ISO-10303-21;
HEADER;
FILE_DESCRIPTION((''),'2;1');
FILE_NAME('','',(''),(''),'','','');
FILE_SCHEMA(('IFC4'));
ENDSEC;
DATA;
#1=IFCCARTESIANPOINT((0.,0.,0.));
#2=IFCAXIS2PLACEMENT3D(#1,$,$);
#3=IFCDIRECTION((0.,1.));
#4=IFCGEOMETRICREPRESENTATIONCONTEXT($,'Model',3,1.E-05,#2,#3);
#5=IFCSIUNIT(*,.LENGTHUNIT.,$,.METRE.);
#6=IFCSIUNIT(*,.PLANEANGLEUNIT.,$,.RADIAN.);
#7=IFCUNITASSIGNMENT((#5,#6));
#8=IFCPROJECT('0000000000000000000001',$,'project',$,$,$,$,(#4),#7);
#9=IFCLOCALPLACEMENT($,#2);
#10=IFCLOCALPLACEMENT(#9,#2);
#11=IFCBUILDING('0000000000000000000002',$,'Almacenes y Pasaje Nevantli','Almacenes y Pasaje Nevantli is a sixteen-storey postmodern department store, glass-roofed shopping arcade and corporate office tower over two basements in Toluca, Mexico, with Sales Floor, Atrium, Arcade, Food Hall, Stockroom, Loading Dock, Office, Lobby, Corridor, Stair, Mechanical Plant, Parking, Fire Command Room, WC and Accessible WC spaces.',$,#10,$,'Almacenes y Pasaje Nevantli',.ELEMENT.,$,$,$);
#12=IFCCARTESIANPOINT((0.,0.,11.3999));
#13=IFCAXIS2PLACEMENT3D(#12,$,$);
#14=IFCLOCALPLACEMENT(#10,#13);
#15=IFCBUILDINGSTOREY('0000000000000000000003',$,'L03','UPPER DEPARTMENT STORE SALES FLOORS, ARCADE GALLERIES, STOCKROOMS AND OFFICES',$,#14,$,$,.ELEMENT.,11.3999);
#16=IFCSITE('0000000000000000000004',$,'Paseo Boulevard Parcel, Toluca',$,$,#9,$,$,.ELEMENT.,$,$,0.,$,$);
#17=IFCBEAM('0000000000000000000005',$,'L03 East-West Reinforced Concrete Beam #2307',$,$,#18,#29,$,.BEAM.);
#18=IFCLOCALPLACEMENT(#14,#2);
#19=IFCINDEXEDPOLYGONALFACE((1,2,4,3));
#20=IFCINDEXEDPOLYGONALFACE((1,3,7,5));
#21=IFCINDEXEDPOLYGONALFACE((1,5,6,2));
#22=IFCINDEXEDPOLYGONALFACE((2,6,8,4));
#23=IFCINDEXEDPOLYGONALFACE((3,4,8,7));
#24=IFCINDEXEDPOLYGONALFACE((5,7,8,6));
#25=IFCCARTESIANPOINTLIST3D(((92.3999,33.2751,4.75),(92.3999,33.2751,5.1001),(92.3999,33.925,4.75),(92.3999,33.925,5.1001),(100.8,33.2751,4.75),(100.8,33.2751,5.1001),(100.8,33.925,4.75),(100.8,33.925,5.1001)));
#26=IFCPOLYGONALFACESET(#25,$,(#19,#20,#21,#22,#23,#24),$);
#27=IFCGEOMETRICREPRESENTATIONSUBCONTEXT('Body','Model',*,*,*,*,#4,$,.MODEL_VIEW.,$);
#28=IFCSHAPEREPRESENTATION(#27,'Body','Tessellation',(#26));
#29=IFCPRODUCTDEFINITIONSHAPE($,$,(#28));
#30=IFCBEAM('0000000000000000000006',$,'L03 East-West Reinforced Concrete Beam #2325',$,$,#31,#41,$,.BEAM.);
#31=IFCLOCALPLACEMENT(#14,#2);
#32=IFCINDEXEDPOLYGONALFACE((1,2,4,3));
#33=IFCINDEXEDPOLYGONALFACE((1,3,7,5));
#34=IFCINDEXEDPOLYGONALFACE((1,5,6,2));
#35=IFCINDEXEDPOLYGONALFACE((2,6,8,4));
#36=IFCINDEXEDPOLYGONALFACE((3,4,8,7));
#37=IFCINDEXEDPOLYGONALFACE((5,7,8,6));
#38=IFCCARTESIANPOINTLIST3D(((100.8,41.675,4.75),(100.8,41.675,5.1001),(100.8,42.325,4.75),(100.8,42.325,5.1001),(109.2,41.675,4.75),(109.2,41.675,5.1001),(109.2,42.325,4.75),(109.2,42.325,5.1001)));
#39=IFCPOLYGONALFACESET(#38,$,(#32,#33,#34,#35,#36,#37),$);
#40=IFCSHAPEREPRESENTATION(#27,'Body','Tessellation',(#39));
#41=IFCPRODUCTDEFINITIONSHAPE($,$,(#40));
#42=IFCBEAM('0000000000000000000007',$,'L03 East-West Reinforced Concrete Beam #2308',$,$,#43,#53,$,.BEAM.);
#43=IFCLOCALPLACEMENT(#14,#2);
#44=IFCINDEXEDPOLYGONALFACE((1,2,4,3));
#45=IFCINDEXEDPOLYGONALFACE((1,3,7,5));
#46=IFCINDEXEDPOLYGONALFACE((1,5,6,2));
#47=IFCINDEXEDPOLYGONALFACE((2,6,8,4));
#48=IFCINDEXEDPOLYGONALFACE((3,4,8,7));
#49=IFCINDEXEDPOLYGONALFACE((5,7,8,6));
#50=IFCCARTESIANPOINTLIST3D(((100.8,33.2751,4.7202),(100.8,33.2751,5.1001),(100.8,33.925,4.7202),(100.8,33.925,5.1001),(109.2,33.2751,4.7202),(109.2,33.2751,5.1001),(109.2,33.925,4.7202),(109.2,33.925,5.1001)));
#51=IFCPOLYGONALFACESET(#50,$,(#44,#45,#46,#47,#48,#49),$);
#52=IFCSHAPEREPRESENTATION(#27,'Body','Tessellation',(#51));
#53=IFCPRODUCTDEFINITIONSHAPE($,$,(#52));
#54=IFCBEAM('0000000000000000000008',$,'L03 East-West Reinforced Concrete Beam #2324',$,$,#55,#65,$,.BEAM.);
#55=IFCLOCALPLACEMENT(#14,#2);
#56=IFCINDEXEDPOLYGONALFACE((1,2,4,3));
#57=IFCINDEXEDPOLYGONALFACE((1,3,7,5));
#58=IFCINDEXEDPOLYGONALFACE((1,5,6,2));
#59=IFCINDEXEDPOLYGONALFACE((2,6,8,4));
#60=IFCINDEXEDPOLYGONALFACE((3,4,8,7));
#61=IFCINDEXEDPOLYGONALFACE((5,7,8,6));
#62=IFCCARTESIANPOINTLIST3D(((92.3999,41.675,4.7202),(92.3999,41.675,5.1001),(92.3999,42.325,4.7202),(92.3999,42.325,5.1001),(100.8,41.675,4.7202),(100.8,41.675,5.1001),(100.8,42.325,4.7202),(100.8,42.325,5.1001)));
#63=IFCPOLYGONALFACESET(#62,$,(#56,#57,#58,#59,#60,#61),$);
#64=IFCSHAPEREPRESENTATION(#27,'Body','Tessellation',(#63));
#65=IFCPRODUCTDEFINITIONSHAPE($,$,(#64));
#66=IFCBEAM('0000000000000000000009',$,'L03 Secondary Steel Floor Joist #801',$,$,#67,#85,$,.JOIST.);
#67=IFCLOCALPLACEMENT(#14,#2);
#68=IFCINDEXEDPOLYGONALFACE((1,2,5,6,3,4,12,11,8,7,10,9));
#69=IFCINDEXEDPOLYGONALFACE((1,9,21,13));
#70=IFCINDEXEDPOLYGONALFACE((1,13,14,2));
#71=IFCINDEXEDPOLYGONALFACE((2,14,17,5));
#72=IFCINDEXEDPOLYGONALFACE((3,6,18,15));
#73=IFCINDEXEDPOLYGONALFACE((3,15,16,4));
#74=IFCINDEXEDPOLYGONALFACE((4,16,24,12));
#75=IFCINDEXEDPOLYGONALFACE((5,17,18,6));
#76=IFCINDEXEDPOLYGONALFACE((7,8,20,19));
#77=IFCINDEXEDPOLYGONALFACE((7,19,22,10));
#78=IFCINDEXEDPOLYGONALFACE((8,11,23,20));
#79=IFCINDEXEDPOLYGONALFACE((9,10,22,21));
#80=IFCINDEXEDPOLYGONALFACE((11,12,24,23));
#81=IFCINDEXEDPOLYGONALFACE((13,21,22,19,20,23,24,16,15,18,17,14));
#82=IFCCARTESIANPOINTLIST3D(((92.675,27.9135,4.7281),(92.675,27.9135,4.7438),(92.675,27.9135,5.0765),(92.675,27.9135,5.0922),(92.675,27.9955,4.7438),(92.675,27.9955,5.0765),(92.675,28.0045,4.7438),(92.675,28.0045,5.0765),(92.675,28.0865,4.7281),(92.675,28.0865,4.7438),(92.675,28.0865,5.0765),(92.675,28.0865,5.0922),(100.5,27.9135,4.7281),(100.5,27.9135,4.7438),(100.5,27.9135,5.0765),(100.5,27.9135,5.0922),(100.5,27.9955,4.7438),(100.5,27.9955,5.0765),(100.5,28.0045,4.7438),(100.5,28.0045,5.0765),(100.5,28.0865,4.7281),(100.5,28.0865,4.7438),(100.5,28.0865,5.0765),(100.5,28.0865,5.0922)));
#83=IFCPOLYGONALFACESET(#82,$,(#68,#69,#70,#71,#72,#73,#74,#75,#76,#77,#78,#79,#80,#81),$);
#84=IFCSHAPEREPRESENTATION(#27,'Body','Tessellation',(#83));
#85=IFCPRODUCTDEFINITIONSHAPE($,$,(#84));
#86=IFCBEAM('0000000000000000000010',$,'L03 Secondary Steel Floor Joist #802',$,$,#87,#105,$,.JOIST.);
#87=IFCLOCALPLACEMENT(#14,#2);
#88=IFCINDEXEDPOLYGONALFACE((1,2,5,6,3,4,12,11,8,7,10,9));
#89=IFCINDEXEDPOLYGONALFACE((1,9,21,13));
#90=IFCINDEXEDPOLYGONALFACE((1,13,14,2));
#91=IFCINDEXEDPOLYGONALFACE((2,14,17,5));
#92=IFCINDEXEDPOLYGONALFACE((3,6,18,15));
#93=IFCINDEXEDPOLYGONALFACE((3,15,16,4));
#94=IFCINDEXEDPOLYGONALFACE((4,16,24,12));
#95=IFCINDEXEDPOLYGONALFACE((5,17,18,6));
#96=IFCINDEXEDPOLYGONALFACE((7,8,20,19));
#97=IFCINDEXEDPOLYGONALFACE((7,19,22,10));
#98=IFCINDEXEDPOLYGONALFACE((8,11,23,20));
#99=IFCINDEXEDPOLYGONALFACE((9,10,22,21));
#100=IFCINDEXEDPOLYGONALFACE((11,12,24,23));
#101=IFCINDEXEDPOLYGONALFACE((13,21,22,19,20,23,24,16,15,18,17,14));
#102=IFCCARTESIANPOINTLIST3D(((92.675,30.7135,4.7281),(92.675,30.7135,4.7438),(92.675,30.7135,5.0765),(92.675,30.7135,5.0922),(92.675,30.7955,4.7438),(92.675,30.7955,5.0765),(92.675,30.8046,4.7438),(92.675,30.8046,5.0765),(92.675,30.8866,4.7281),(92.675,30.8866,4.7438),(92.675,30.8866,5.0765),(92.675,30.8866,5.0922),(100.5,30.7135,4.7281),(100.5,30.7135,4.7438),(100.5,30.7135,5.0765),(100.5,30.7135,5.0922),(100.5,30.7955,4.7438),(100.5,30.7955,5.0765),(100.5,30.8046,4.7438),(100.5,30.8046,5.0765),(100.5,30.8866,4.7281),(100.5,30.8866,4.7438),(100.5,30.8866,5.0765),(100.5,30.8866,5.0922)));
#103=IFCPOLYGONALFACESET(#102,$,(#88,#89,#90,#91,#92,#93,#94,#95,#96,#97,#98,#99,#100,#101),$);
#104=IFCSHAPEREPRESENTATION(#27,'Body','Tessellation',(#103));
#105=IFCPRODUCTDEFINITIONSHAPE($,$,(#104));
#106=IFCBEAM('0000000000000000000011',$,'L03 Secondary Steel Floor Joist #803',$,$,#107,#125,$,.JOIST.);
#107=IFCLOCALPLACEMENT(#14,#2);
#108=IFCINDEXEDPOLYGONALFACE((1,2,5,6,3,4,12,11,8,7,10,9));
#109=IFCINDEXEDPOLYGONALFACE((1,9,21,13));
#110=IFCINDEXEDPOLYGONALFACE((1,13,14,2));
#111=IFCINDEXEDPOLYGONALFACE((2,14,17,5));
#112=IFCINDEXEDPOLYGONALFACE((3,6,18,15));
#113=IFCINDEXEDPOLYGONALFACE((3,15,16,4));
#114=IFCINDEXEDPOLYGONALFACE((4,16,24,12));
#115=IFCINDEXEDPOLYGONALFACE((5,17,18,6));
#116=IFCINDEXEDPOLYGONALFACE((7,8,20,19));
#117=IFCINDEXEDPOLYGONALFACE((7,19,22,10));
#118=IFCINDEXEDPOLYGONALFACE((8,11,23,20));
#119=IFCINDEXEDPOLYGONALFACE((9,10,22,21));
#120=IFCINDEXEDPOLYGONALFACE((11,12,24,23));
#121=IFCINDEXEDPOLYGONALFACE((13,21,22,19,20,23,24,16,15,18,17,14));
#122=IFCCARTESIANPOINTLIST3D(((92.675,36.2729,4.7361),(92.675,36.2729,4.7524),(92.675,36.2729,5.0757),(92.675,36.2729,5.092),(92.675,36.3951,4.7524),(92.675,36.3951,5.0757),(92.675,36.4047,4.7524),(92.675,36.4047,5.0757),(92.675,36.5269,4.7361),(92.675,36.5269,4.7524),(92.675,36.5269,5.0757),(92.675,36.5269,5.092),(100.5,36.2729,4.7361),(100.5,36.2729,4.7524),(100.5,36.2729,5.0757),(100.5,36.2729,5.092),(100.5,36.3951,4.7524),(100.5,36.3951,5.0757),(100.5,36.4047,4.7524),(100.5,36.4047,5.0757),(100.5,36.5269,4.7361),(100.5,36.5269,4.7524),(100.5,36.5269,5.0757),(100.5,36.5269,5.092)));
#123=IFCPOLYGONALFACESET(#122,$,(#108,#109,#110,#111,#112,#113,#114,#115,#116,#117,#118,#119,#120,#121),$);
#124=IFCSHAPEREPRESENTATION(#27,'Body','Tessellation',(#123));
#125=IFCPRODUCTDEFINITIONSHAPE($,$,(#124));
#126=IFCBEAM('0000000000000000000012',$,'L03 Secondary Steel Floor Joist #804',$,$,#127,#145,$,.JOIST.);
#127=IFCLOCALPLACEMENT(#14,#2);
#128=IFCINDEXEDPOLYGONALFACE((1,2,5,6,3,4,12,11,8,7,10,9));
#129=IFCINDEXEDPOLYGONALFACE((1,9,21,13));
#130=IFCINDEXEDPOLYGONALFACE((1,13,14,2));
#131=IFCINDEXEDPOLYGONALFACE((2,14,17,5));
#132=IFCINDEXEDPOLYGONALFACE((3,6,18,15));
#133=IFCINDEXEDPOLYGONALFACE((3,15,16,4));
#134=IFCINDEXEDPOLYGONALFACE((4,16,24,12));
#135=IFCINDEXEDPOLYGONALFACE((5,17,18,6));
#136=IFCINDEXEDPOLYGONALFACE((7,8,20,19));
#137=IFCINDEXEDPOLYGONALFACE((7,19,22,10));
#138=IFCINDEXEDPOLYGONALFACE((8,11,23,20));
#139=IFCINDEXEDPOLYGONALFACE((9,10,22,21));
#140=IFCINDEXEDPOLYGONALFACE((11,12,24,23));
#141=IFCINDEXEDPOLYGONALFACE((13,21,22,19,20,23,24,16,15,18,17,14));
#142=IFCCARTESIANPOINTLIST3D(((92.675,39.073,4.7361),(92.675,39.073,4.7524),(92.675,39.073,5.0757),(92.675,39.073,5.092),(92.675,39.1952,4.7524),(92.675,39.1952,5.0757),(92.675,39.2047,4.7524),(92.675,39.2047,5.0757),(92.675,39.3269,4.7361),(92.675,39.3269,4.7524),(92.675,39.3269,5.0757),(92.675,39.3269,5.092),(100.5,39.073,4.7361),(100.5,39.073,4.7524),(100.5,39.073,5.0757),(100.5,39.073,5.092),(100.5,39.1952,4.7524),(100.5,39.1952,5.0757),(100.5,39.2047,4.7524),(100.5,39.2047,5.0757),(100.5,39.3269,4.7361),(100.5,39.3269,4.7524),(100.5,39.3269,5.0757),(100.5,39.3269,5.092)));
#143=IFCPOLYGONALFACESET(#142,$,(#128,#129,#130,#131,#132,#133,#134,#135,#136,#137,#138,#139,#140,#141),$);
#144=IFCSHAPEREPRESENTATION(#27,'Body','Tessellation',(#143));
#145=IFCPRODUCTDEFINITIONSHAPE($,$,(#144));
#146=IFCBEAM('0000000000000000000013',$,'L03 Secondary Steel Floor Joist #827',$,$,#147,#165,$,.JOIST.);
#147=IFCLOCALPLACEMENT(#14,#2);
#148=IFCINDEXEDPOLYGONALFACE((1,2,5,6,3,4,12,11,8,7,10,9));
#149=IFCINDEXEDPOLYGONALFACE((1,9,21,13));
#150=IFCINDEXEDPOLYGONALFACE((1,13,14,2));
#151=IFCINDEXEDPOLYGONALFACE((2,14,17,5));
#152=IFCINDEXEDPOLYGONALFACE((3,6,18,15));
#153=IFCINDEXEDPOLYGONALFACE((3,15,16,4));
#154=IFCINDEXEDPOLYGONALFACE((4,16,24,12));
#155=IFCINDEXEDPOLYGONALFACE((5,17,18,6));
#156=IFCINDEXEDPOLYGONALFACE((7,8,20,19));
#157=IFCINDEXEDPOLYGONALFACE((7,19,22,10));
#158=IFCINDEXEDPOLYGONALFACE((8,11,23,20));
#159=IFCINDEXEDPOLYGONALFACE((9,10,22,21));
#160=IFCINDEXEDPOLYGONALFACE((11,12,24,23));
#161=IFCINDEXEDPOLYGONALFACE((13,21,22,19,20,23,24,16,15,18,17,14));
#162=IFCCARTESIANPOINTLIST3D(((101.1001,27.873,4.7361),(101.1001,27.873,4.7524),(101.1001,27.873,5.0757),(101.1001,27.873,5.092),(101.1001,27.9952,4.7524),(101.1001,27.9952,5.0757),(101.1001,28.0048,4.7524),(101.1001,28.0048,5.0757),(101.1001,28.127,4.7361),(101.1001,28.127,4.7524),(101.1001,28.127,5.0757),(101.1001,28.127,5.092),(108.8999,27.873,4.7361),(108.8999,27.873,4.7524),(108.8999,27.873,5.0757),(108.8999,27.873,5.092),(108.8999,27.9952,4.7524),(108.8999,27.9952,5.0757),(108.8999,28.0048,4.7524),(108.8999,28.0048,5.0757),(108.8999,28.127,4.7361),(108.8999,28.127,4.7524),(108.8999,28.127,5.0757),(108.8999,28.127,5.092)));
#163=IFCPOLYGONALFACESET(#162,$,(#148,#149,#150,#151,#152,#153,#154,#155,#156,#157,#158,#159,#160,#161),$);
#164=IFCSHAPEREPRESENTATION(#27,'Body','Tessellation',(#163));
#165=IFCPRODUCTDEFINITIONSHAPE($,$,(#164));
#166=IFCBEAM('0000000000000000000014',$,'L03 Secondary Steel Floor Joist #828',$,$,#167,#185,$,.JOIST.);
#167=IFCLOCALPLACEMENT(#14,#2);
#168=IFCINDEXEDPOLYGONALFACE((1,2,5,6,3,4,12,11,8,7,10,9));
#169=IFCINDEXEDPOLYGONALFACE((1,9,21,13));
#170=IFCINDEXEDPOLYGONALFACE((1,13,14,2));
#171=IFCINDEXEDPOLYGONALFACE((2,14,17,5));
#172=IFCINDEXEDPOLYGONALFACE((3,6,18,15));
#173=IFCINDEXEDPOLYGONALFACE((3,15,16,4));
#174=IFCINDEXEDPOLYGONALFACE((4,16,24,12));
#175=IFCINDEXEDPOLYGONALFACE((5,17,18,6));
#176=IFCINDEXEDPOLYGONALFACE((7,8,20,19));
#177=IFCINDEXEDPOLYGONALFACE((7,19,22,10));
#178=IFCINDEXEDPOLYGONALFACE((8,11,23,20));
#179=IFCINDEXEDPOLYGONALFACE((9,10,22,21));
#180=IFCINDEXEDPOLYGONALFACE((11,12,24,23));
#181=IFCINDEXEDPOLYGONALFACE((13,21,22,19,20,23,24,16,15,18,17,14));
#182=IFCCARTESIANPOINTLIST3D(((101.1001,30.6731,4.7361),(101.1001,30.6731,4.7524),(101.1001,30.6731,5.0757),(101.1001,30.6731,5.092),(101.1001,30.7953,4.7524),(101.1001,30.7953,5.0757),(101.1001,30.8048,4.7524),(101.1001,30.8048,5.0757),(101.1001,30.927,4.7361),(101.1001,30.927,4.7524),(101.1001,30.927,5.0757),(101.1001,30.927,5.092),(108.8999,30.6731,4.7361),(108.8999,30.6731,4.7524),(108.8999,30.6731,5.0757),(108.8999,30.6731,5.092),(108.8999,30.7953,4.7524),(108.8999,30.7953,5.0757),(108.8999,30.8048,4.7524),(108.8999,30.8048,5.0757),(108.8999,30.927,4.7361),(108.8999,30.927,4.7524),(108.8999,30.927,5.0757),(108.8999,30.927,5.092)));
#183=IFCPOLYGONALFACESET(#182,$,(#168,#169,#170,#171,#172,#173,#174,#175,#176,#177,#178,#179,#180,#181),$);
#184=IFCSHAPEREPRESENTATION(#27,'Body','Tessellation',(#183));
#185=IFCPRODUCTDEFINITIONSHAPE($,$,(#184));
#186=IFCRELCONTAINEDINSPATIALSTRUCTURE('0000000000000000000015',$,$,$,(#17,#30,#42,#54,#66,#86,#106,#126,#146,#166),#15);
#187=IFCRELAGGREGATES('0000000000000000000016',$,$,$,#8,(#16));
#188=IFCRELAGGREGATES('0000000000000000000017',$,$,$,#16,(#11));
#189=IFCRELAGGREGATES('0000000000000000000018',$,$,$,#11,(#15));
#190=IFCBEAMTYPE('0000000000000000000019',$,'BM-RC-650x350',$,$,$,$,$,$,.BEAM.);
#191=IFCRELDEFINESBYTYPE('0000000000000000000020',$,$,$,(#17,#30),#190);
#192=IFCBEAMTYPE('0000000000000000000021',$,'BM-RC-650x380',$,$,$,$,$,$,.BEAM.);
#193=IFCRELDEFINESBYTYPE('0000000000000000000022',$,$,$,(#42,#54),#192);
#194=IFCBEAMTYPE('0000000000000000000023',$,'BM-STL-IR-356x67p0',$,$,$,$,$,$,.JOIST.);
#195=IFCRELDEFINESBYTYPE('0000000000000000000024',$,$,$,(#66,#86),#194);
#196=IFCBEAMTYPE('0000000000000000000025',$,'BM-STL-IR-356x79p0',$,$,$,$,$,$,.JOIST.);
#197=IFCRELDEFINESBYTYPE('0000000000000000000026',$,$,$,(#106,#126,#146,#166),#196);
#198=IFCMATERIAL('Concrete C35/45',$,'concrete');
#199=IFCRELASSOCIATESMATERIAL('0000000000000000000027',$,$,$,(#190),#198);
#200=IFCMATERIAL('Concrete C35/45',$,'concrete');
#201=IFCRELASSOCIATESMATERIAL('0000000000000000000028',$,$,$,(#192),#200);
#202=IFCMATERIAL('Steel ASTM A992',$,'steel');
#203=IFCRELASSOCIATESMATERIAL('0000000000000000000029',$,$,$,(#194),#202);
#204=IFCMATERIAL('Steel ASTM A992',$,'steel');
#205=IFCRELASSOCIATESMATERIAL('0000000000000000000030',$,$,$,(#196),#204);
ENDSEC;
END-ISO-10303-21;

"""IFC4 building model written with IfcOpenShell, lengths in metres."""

from ifc_helpers import new_model, si_unit, direction, frame, origin, origin_2d, place, context, subcontext, project, spatial, rectangle, i_section, extrude, material, material_profile, profile_set, type_object, element, save


model = new_model("IFC4")

# Units and contexts
model_context = context("Model", 3, precision=1e-05, world=origin(), true_north=direction((0.0, 1.0)))
body_context = subcontext(model_context, "Body", "Model", "MODEL_VIEW")
ifc_project = project(units=[si_unit("LENGTHUNIT", "METRE"), si_unit("PLANEANGLEUNIT", "RADIAN")], contexts=[model_context])

# Site, building, storey
site_placement = place(None, origin())
site = spatial("IfcSite", under=ifc_project, at=site_placement, Name="Paseo Boulevard Parcel, Toluca", CompositionType="ELEMENT", RefElevation=0.0)
building_placement = place(site_placement, origin())
building = spatial("IfcBuilding", under=site, at=building_placement, Name="Almacenes y Pasaje Nevantli", Description="Almacenes y Pasaje Nevantli is a sixteen-storey postmodern department store, glass-roofed shopping arcade and corporate office tower over two basements in Toluca, Mexico, with Sales Floor, Atrium, Arcade, Food Hall, Stockroom, Loading Dock, Office, Lobby, Corridor, Stair, Mechanical Plant, Parking, Fire Command Room, WC and Accessible WC spaces.", LongName="Almacenes y Pasaje Nevantli", CompositionType="ELEMENT")
storey_placement = place(building_placement, frame((0.0, 0.0, 11.3999)))
storey = spatial("IfcBuildingStorey", under=building, at=storey_placement, Name="L03", Description="UPPER DEPARTMENT STORE SALES FLOORS, ARCADE GALLERIES, STOCKROOMS AND OFFICES", CompositionType="ELEMENT", Elevation=11.3999)

# Beams
ifc_material_1 = material(Name="Concrete C35/45", Category="concrete")
ifc_material_profile_1 = material_profile(ifc_material_1, rectangle(XDim=0.6499, YDim=0.3501, at=origin_2d()), Name="RC-BM-650x350")
ifc_profile_set_1 = profile_set([ifc_material_profile_1], Name="Concrete C35/45")
beam_type_1 = type_object("IfcBeamType", Name="BM-RC-650x350", PredefinedType="BEAM", material=ifc_profile_set_1)
beam_1_placement = place(storey_placement, frame((92.3999, 33.6001, 4.925), z_axis=(1.0, 0.0, 0.0), x_axis=(0.0, 1.0, 0.0)))
element("IfcBeam", 1, at=beam_1_placement, inside=storey, type_object=beam_type_1, Name="L03 East-West Reinforced Concrete Beam #2307", PredefinedType="BEAM", context=body_context, shape_type="SweptSolid", body=[
    extrude(rectangle(XDim=0.6499, YDim=0.3501, at=origin_2d()), origin(), (0.0, 0.0, 1.0), 8.4001),
])
beam_2_placement = place(storey_placement, frame((100.8, 42.0, 4.925), z_axis=(1.0, 0.0, 0.0), x_axis=(0.0, 1.0, 0.0)))
element("IfcBeam", 2, at=beam_2_placement, inside=storey, type_object=beam_type_1, Name="L03 East-West Reinforced Concrete Beam #2325", PredefinedType="BEAM", context=body_context, shape_type="SweptSolid", body=[
    extrude(rectangle(XDim=0.6499, YDim=0.3501, at=origin_2d()), origin(), (0.0, 0.0, 1.0), 8.3999),
])
ifc_material_2 = material(Name="Concrete C35/45", Category="concrete")
ifc_material_profile_2 = material_profile(ifc_material_2, rectangle(XDim=0.6499, YDim=0.3799, at=origin_2d()), Name="RC-BM-650x380")
ifc_profile_set_2 = profile_set([ifc_material_profile_2], Name="Concrete C35/45")
beam_type_2 = type_object("IfcBeamType", Name="BM-RC-650x380", PredefinedType="BEAM", material=ifc_profile_set_2)
beam_3_placement = place(storey_placement, frame((100.8, 33.6001, 4.9102), z_axis=(1.0, 0.0, 0.0), x_axis=(0.0, 1.0, 0.0)))
element("IfcBeam", 3, at=beam_3_placement, inside=storey, type_object=beam_type_2, Name="L03 East-West Reinforced Concrete Beam #2308", PredefinedType="BEAM", context=body_context, shape_type="SweptSolid", body=[
    extrude(rectangle(XDim=0.6499, YDim=0.3799, at=origin_2d()), origin(), (0.0, 0.0, 1.0), 8.3999),
])
beam_4_placement = place(storey_placement, frame((92.3999, 42.0, 4.9102), z_axis=(1.0, 0.0, 0.0), x_axis=(0.0, 1.0, 0.0)))
element("IfcBeam", 4, at=beam_4_placement, inside=storey, type_object=beam_type_2, Name="L03 East-West Reinforced Concrete Beam #2324", PredefinedType="BEAM", context=body_context, shape_type="SweptSolid", body=[
    extrude(rectangle(XDim=0.6499, YDim=0.3799, at=origin_2d()), origin(), (0.0, 0.0, 1.0), 8.4001),
])
ifc_material_3 = material(Name="Steel ASTM A992", Category="steel")
ifc_material_profile_3 = material_profile(ifc_material_3, i_section(OverallWidth=0.1731, OverallDepth=0.364, WebThickness=0.009, FlangeThickness=0.0156, at=origin_2d()), Name="IR 356x67.0")
ifc_profile_set_3 = profile_set([ifc_material_profile_3], Name="Steel ASTM A992")
beam_type_3 = type_object("IfcBeamType", Name="BM-STL-IR-356x67p0", PredefinedType="JOIST", material=ifc_profile_set_3)
for number, where, z_axis, x_axis, name in (
    (5, (92.675, 28.0, 4.9102), (1.0, 0.0, 0.0), (0.0, 1.0, 0.0), "L03 Secondary Steel Floor Joist #801"),
    (6, (92.675, 30.8, 4.9102), (1.0, 0.0, 0.0), (0.0, 1.0, 0.0), "L03 Secondary Steel Floor Joist #802"),
):
    element("IfcBeam", number, at=place(storey_placement, frame(where, z_axis=z_axis, x_axis=x_axis)), inside=storey, type_object=beam_type_3, Name=name, PredefinedType="JOIST", context=body_context, shape_type="SweptSolid", body=[
        extrude(i_section(OverallWidth=0.1731, OverallDepth=0.364, WebThickness=0.009, FlangeThickness=0.0156, at=origin_2d()), origin(), (0.0, 0.0, 1.0), 7.825),
    ])
ifc_material_4 = material(Name="Steel ASTM A992", Category="steel")
ifc_material_profile_4 = material_profile(ifc_material_4, i_section(OverallWidth=0.2539, OverallDepth=0.356, WebThickness=0.0095, FlangeThickness=0.0164, at=origin_2d()), Name="IR 356x79.0")
ifc_profile_set_4 = profile_set([ifc_material_profile_4], Name="Steel ASTM A992")
beam_type_4 = type_object("IfcBeamType", Name="BM-STL-IR-356x79p0", PredefinedType="JOIST", material=ifc_profile_set_4)
for number, where, z_axis, x_axis, name in (
    (7, (92.675, 36.3999, 4.9141), (1.0, 0.0, 0.0), (0.0, 1.0, 0.0), "L03 Secondary Steel Floor Joist #803"),
    (8, (92.675, 39.2, 4.9141), (1.0, 0.0, 0.0), (0.0, 1.0, 0.0), "L03 Secondary Steel Floor Joist #804"),
):
    element("IfcBeam", number, at=place(storey_placement, frame(where, z_axis=z_axis, x_axis=x_axis)), inside=storey, type_object=beam_type_4, Name=name, PredefinedType="JOIST", context=body_context, shape_type="SweptSolid", body=[
        extrude(i_section(OverallWidth=0.2539, OverallDepth=0.356, WebThickness=0.0095, FlangeThickness=0.0164, at=origin_2d()), origin(), (0.0, 0.0, 1.0), 7.825),
    ])
for number, where, z_axis, x_axis, name in (
    (9, (101.1001, 28.0, 4.9141), (1.0, 0.0, 0.0), (0.0, 1.0, 0.0), "L03 Secondary Steel Floor Joist #827"),
    (10, (101.1001, 30.8, 4.9141), (1.0, 0.0, 0.0), (0.0, 1.0, 0.0), "L03 Secondary Steel Floor Joist #828"),
):
    element("IfcBeam", number, at=place(storey_placement, frame(where, z_axis=z_axis, x_axis=x_axis)), inside=storey, type_object=beam_type_4, Name=name, PredefinedType="JOIST", context=body_context, shape_type="SweptSolid", body=[
        extrude(i_section(OverallWidth=0.2539, OverallDepth=0.356, WebThickness=0.0095, FlangeThickness=0.0164, at=origin_2d()), origin(), (0.0, 0.0, 1.0), 7.7998),
    ])

save(model, "model.ifc")
